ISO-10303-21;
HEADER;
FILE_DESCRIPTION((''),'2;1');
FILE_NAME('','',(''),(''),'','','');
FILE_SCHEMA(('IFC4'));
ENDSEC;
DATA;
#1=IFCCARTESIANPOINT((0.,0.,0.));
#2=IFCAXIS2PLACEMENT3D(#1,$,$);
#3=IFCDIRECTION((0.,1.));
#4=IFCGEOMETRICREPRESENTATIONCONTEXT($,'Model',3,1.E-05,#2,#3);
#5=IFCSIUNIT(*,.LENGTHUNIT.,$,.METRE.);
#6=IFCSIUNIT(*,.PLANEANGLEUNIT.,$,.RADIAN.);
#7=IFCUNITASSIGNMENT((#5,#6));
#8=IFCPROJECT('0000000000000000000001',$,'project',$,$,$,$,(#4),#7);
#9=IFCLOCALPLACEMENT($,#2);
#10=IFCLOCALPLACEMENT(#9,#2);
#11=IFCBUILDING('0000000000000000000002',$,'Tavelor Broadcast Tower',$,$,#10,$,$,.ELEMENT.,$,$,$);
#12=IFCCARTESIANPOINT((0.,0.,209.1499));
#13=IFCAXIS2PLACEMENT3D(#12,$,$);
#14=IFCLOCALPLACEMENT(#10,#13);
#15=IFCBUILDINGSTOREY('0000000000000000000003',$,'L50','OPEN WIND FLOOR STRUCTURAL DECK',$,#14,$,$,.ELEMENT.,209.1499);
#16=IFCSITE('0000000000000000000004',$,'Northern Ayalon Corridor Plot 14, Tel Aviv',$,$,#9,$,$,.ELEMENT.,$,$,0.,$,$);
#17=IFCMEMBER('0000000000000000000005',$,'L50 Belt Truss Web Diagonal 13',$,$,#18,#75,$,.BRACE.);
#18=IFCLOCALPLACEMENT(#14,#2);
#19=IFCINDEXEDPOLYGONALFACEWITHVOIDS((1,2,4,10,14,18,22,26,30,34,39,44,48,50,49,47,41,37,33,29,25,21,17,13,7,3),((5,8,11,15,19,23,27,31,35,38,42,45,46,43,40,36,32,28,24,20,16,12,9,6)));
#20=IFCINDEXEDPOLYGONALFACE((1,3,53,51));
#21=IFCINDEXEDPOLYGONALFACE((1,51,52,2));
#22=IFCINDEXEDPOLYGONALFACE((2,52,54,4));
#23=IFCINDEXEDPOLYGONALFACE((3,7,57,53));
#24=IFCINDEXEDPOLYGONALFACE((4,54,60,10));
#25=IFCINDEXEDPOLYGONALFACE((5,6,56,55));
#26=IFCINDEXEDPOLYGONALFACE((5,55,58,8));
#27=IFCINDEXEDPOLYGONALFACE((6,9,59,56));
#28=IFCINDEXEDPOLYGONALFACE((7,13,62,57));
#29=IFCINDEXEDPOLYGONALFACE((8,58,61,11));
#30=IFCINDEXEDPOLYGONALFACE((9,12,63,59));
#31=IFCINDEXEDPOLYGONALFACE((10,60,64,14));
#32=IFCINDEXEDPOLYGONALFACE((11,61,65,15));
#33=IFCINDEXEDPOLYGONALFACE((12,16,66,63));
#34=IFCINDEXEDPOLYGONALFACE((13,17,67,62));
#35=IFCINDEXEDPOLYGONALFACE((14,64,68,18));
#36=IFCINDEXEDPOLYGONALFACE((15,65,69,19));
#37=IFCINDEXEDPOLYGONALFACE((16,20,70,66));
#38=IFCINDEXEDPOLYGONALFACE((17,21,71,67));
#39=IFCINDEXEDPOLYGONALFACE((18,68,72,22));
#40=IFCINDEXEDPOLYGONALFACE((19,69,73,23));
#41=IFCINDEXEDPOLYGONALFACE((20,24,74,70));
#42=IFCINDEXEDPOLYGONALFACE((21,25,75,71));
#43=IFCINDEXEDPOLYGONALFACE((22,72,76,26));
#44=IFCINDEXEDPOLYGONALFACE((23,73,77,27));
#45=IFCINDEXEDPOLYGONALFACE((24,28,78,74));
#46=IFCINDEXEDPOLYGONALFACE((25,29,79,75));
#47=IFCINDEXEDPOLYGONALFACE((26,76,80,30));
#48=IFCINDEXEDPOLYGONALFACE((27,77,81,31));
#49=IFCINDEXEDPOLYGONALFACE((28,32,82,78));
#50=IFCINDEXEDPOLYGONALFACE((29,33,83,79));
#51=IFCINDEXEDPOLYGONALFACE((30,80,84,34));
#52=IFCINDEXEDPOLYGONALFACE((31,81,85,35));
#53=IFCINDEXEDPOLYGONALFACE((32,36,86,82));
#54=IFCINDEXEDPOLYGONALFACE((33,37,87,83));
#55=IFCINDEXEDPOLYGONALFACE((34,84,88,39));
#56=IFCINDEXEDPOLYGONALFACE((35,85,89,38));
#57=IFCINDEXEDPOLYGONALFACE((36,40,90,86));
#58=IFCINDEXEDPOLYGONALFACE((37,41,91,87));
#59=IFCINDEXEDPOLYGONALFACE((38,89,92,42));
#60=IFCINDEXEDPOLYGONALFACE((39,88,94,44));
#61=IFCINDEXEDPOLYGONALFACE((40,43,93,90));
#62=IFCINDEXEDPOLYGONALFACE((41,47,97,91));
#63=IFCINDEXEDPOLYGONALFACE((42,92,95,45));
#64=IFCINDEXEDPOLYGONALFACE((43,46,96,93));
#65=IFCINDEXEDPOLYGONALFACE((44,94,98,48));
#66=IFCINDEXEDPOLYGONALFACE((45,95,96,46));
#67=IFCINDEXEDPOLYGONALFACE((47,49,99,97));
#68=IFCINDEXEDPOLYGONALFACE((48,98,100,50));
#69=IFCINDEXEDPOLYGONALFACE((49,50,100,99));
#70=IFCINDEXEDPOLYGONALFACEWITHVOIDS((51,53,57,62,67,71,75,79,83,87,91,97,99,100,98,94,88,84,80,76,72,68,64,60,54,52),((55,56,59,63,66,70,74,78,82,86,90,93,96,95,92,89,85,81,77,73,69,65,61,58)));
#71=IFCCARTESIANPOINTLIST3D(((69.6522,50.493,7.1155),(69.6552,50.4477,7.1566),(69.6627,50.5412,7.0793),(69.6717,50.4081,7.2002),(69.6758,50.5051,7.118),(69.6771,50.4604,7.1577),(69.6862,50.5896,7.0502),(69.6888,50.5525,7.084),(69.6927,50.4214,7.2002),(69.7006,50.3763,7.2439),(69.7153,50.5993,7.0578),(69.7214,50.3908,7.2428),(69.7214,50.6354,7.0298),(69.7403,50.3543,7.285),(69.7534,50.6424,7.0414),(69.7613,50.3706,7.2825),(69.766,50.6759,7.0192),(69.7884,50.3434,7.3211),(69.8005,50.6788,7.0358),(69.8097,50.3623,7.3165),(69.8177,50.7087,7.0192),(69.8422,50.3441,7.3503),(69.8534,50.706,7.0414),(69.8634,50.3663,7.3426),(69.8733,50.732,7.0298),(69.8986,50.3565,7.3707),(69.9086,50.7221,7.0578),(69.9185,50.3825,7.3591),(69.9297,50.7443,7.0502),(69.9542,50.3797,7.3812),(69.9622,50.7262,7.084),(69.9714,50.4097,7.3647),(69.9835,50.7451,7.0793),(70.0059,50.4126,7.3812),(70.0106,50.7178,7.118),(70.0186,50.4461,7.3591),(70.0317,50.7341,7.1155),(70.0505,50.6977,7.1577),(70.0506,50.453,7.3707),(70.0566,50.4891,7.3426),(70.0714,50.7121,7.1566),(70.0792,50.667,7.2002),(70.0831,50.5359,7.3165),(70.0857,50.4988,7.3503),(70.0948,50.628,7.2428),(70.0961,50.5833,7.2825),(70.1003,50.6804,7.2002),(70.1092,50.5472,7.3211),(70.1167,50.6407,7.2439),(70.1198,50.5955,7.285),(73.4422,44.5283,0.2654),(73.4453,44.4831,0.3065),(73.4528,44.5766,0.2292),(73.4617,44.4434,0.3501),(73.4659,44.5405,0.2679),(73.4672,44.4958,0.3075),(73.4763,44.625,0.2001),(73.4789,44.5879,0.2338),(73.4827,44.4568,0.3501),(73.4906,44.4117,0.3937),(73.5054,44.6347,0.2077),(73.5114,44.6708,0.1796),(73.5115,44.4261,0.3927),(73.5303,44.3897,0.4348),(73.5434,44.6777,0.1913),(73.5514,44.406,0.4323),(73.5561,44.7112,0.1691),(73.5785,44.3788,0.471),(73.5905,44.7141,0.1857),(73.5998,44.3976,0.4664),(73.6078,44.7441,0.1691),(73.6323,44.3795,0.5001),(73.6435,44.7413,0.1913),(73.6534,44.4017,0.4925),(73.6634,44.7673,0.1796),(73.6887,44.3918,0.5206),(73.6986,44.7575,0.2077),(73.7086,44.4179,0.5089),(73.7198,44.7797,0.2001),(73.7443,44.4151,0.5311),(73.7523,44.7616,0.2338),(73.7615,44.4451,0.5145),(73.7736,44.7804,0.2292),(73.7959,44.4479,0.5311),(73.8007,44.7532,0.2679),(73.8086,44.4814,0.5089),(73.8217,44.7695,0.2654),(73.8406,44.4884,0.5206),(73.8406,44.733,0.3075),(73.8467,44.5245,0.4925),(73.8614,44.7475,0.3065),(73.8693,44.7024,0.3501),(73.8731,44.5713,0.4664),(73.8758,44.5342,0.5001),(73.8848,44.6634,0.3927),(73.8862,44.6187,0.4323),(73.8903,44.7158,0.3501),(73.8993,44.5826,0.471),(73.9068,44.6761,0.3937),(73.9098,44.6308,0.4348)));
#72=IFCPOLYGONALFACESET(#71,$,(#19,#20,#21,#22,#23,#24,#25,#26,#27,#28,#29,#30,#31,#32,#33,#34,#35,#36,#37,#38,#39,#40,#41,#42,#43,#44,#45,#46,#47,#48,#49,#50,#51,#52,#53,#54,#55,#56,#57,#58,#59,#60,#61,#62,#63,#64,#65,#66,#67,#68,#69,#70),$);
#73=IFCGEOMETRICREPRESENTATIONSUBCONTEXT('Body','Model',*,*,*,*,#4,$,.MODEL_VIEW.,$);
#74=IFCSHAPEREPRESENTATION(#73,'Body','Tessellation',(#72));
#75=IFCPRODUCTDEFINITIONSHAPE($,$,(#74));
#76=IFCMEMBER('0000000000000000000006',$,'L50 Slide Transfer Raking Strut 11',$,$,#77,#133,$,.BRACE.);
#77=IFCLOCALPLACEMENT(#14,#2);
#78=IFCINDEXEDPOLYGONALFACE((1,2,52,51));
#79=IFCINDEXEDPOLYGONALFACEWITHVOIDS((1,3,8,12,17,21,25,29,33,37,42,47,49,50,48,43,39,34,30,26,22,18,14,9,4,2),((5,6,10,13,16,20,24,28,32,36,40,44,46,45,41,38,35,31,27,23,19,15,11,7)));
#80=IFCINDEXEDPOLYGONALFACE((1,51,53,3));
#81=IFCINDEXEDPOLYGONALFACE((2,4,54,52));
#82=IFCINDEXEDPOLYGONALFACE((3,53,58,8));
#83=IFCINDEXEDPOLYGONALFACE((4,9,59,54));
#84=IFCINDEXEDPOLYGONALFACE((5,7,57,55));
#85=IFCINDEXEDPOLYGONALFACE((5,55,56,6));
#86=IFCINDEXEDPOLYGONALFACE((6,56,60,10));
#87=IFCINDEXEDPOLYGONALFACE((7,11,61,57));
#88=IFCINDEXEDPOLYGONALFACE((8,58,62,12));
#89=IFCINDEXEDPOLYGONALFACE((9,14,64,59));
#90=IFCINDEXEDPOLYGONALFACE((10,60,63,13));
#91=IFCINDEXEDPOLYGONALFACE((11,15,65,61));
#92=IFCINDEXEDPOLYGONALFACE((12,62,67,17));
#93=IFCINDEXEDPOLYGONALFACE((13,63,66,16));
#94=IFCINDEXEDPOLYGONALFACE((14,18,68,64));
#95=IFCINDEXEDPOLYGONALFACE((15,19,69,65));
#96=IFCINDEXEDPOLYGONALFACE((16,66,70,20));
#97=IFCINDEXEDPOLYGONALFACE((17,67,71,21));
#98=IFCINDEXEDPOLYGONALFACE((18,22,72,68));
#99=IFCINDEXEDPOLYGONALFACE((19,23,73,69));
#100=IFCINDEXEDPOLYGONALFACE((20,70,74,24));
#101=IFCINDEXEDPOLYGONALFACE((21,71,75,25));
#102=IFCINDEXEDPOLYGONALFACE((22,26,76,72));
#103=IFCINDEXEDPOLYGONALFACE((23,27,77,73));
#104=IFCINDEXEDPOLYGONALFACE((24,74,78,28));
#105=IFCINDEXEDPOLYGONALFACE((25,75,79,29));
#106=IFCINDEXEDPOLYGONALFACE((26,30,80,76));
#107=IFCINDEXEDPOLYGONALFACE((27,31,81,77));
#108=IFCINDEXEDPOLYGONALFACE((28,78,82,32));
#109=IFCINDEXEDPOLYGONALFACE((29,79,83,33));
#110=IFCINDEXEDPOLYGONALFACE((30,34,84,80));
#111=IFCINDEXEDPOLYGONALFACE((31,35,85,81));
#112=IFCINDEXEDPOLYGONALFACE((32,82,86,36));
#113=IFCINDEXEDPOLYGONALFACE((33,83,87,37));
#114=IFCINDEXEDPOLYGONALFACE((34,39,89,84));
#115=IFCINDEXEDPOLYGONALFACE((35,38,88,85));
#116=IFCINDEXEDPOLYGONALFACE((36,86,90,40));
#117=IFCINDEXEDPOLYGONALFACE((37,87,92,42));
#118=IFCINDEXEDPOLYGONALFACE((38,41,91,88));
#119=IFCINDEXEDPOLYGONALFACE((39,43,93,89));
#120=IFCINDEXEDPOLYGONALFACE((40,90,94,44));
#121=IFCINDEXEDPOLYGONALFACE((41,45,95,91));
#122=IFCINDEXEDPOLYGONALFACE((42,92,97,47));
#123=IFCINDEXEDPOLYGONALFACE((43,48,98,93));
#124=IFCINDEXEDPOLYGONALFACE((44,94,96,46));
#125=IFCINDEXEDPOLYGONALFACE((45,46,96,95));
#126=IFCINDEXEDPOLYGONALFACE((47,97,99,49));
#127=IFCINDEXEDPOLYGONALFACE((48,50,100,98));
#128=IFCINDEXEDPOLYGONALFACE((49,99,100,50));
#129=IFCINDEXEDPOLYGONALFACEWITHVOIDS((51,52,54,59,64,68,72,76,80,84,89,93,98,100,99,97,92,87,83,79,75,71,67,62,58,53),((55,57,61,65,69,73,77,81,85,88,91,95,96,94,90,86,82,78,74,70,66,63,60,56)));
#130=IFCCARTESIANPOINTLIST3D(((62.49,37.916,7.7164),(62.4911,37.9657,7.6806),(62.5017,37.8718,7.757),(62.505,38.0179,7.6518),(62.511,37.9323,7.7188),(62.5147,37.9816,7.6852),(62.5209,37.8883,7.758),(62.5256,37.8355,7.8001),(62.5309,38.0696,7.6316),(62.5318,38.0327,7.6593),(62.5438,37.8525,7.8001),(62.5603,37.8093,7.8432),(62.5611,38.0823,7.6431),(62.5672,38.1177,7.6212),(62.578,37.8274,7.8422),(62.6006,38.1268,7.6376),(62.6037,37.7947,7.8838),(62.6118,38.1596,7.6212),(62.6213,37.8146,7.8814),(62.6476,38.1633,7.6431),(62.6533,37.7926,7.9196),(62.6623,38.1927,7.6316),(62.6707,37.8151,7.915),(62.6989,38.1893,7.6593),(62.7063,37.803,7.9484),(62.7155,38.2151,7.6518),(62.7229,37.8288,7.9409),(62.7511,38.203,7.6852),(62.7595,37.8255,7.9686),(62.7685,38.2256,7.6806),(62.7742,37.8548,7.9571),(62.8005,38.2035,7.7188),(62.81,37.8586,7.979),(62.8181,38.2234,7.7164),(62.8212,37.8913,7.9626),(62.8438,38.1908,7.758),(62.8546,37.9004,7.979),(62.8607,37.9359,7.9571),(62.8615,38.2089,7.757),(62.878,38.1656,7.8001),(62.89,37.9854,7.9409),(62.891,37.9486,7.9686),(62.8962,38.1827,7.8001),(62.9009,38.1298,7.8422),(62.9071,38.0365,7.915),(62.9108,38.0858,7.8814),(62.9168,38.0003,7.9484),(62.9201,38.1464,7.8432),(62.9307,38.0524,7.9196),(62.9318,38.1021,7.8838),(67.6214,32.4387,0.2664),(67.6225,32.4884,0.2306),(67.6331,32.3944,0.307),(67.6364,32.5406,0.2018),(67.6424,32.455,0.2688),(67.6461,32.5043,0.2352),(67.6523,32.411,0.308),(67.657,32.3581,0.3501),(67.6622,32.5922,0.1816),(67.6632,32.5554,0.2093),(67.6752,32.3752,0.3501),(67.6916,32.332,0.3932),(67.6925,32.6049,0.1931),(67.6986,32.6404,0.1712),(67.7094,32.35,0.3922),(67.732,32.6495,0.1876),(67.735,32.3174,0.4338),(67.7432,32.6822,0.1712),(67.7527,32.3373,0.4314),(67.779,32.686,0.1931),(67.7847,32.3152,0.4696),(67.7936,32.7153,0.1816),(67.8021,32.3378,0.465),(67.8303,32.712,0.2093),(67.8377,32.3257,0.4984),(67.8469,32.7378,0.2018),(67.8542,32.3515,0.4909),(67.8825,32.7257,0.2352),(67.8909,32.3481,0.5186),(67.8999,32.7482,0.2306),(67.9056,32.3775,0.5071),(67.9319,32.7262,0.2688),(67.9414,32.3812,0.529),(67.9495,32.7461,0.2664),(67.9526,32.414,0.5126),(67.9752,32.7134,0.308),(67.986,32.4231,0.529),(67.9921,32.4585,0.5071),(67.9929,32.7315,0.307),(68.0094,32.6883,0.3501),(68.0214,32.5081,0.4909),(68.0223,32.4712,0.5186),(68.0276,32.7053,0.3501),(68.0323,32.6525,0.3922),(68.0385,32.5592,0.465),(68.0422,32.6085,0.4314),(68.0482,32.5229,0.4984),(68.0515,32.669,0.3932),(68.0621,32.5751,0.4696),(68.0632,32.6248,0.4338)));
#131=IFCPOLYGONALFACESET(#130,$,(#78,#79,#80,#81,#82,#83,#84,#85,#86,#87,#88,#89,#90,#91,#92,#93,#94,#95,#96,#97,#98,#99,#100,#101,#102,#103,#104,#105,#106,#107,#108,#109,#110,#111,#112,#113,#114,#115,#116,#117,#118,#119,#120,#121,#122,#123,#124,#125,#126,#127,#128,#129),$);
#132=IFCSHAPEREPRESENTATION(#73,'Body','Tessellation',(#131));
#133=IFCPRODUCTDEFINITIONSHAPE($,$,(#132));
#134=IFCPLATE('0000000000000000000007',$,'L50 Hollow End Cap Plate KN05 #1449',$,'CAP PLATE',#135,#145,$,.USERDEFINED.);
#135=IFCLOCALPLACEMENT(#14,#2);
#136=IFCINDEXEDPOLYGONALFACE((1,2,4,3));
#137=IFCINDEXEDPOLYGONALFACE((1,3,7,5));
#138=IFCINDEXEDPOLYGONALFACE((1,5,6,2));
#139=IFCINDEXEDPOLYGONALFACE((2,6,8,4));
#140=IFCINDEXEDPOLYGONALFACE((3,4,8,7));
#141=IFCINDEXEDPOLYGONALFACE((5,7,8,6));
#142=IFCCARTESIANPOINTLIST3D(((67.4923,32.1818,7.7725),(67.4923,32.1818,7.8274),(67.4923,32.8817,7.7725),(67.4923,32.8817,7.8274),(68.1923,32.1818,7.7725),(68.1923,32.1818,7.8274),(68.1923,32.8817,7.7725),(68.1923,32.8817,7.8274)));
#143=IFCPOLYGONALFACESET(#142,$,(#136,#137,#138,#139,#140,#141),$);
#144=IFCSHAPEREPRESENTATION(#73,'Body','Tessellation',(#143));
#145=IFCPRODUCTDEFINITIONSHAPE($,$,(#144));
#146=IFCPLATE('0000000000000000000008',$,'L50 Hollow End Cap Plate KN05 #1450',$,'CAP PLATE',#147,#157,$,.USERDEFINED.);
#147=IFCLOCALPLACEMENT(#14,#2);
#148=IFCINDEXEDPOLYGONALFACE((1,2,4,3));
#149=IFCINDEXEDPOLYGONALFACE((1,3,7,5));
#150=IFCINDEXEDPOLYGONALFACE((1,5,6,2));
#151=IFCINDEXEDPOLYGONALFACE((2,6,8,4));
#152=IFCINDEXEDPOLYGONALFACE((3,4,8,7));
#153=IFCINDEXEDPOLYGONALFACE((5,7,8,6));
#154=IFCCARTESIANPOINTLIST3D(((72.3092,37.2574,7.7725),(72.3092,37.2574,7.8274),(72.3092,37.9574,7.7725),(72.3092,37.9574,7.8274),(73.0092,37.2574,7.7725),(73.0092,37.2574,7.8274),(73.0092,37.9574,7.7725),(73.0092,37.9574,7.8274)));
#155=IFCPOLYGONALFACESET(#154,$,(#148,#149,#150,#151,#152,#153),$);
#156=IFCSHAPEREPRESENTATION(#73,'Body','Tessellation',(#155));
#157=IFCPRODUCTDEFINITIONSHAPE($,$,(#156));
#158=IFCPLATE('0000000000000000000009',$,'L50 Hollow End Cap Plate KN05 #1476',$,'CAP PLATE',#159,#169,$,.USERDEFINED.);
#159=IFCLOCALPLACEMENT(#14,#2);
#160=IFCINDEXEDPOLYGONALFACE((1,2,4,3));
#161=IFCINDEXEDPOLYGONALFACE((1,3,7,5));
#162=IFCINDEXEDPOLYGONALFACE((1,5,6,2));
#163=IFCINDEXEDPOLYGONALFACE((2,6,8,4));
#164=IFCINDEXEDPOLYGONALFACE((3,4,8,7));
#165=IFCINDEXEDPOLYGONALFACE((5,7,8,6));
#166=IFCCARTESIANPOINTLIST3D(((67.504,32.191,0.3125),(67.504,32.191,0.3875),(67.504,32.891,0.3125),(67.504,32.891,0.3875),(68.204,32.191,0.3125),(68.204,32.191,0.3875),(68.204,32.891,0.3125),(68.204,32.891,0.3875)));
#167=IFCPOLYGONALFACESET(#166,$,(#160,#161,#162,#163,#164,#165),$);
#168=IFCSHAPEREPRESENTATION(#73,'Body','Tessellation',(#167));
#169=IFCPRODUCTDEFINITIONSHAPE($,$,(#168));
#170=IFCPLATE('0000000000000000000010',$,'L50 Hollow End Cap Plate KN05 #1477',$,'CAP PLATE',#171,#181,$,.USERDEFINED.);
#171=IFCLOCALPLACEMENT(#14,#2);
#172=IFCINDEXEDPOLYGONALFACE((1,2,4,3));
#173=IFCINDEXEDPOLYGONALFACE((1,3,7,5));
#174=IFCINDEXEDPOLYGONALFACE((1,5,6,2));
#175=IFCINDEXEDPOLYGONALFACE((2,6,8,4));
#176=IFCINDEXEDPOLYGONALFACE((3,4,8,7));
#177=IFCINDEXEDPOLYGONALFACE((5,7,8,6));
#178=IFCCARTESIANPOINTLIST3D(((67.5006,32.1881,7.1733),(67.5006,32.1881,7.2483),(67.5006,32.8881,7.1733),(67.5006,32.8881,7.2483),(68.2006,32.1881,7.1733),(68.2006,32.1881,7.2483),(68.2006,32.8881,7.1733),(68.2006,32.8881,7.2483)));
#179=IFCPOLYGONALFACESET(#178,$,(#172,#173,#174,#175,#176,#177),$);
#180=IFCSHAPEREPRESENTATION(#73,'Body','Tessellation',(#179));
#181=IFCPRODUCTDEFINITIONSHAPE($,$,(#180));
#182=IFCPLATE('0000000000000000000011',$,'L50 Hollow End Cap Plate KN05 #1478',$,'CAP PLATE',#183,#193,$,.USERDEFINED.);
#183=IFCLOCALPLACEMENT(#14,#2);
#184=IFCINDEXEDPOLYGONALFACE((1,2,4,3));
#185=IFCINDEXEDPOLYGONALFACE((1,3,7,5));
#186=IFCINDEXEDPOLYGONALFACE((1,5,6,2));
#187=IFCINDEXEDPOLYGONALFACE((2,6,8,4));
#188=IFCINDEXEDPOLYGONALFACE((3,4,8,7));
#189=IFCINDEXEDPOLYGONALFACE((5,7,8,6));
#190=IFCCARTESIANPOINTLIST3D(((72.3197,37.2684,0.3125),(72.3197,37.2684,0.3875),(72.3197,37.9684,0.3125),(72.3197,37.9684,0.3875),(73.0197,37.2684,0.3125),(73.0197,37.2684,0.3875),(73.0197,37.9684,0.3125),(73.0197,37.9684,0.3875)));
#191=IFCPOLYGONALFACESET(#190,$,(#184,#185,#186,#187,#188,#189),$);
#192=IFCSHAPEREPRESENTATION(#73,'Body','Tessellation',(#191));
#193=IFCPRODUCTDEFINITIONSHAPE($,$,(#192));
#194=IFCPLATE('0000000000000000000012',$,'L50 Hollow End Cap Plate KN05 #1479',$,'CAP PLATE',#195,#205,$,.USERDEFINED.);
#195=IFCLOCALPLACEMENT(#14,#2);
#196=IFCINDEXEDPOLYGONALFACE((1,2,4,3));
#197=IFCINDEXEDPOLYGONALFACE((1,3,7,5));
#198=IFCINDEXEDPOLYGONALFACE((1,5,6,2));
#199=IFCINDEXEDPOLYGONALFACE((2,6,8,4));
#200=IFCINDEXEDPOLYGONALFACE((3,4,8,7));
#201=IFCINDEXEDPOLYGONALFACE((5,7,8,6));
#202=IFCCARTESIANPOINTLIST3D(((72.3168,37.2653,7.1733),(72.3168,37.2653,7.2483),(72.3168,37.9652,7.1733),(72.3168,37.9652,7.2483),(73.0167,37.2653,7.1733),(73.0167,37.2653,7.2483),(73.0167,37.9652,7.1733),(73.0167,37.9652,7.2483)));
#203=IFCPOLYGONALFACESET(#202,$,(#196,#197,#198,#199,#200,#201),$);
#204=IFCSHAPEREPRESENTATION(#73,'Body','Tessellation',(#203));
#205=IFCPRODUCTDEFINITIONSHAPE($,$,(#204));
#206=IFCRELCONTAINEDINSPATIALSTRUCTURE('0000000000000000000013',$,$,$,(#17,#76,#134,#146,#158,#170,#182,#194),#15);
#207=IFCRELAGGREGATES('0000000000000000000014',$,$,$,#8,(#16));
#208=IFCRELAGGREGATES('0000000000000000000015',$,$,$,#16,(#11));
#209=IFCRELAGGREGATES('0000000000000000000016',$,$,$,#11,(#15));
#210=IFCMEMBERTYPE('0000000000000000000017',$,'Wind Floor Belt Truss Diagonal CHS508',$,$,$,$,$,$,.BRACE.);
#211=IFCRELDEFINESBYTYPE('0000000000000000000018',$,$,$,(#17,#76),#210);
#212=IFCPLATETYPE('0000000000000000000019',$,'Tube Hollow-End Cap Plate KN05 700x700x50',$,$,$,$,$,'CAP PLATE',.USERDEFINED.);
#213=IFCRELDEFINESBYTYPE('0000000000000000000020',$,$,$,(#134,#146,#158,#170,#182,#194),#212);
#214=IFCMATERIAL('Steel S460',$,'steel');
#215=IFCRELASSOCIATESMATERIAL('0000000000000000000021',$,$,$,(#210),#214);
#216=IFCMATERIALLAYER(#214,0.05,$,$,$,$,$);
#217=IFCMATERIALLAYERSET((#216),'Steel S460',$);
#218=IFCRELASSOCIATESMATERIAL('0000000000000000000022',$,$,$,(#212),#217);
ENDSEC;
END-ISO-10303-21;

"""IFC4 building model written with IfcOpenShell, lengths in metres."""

from ifc_helpers import new_model, si_unit, direction, frame, origin, origin_2d, place, context, subcontext, project, spatial, rectangle, hollow_circle, extrude, source, transform, mapped, material, layer, layer_set, material_profile, profile_set, type_object, element, save


model = new_model("IFC4")

# Units and contexts
model_context = context("Model", 3, precision=1e-05, world=origin(), true_north=direction((0.0, 1.0)))
body_context = subcontext(model_context, "Body", "Model", "MODEL_VIEW")
ifc_project = project(units=[si_unit("LENGTHUNIT", "METRE"), si_unit("PLANEANGLEUNIT", "RADIAN")], contexts=[model_context])

# Site, building, storey
site_placement = place(None, origin())
site = spatial("IfcSite", under=ifc_project, at=site_placement, Name="Northern Ayalon Corridor Plot 14, Tel Aviv", CompositionType="ELEMENT", RefElevation=0.0)
building_placement = place(site_placement, origin())
building = spatial("IfcBuilding", under=site, at=building_placement, Name="Tavelor Broadcast Tower", CompositionType="ELEMENT")
storey_placement = place(building_placement, frame((0.0, 0.0, 209.1499)))
storey = spatial("IfcBuildingStorey", under=building, at=storey_placement, Name="L50", Description="OPEN WIND FLOOR STRUCTURAL DECK", CompositionType="ELEMENT", Elevation=209.1499)

# Shared definitions
ifc_material_1 = material(Name="Steel S460", Category="steel")

# Members
ifc_material_profile_1 = material_profile(ifc_material_1, hollow_circle(Radius=0.2539, WallThickness=0.0249, at=origin_2d()), Name="CHS 508x25")
ifc_profile_set_1 = profile_set([ifc_material_profile_1], Name="Steel S460")
member_type_1 = type_object("IfcMemberType", Name="Wind Floor Belt Truss Diagonal CHS508", PredefinedType="BRACE", material=ifc_profile_set_1)
member_1_placement = place(storey_placement, frame((73.676, 44.5796, 0.3501), z_axis=(-0.385089, 0.606036, 0.696008), x_axis=(-0.844021, -0.53631, 0.0)))
element("IfcMember", 1, at=member_1_placement, inside=storey, type_object=member_type_1, Name="L50 Belt Truss Web Diagonal 13", PredefinedType="BRACE", context=body_context, shape_type="SweptSolid", body=[
    extrude(hollow_circle(Radius=0.2539, WallThickness=0.0249, at=origin_2d()), origin(), (0.0, 0.0, 1.0), 9.842),
])
member_2_placement = place(storey_placement, frame((67.8423, 32.5317, 0.3501), z_axis=(-0.485228, 0.517941, 0.704479), x_axis=(-0.729778, -0.683685, 0.0)))
element("IfcMember", 2, at=member_2_placement, inside=storey, type_object=member_type_1, Name="L50 Slide Transfer Raking Strut 11", PredefinedType="BRACE", context=body_context, shape_type="SweptSolid", body=[
    extrude(hollow_circle(Radius=0.2539, WallThickness=0.0249, at=origin_2d()), origin(), (0.0, 0.0, 1.0), 10.5752),
])

# Plates
ifc_layer = layer(ifc_material_1, 0.05)
ifc_layer_set = layer_set([ifc_layer], Name="Steel S460")
plate_type = type_object("IfcPlateType", Name="Tube Hollow-End Cap Plate KN05 700x700x50", ElementType="CAP PLATE", PredefinedType="USERDEFINED", material=ifc_layer_set)
shared_shape_1 = source(origin(), body_context, "Body", "SweptSolid", [
    extrude(rectangle(XDim=0.7, YDim=0.7, at=origin_2d()), origin(), (0.0, 0.0, 1.0), 0.0549),
])
for number, where, z_axis, x_axis, name in (
    (3, (67.8423, 32.5317, 7.7725), (0.0, 0.0, 1.0), (1.0, 0.0, 0.0), "L50 Hollow End Cap Plate KN05 #1449"),
    (4, (72.6592, 37.6074, 7.7725), (0.0, 0.0, 1.0), (1.0, 0.0, 0.0), "L50 Hollow End Cap Plate KN05 #1450"),
):
    element("IfcPlate", number, at=place(storey_placement, frame(where, z_axis=z_axis, x_axis=x_axis)), inside=storey, type_object=plate_type, Name=name, ObjectType="CAP PLATE", PredefinedType="USERDEFINED", context=body_context, shape_type="MappedRepresentation", body=[
        mapped(shared_shape_1, transform((0.0, 0.0, 0.0), scale=1.0)),
    ])
shared_shape_2 = source(origin(), body_context, "Body", "SweptSolid", [
    extrude(rectangle(XDim=0.7, YDim=0.7, at=origin_2d()), origin(), (0.0, 0.0, 1.0), 0.075),
])
for number, where, z_axis, x_axis, name in (
    (5, (67.854, 32.541, 0.3125), (0.0, 0.0, 1.0), (1.0, 0.0, 0.0), "L50 Hollow End Cap Plate KN05 #1476"),
    (6, (67.8506, 32.5381, 7.1733), (0.0, 0.0, 1.0), (1.0, 0.0, 0.0), "L50 Hollow End Cap Plate KN05 #1477"),
    (7, (72.6697, 37.6184, 0.3125), (0.0, 0.0, 1.0), (1.0, 0.0, 0.0), "L50 Hollow End Cap Plate KN05 #1478"),
    (8, (72.6667, 37.6152, 7.1733), (0.0, 0.0, 1.0), (1.0, 0.0, 0.0), "L50 Hollow End Cap Plate KN05 #1479"),
):
    element("IfcPlate", number, at=place(storey_placement, frame(where, z_axis=z_axis, x_axis=x_axis)), inside=storey, type_object=plate_type, Name=name, ObjectType="CAP PLATE", PredefinedType="USERDEFINED", context=body_context, shape_type="MappedRepresentation", body=[
        mapped(shared_shape_2, transform((0.0, 0.0, 0.0), scale=1.0)),
    ])

save(model, "model.ifc")
